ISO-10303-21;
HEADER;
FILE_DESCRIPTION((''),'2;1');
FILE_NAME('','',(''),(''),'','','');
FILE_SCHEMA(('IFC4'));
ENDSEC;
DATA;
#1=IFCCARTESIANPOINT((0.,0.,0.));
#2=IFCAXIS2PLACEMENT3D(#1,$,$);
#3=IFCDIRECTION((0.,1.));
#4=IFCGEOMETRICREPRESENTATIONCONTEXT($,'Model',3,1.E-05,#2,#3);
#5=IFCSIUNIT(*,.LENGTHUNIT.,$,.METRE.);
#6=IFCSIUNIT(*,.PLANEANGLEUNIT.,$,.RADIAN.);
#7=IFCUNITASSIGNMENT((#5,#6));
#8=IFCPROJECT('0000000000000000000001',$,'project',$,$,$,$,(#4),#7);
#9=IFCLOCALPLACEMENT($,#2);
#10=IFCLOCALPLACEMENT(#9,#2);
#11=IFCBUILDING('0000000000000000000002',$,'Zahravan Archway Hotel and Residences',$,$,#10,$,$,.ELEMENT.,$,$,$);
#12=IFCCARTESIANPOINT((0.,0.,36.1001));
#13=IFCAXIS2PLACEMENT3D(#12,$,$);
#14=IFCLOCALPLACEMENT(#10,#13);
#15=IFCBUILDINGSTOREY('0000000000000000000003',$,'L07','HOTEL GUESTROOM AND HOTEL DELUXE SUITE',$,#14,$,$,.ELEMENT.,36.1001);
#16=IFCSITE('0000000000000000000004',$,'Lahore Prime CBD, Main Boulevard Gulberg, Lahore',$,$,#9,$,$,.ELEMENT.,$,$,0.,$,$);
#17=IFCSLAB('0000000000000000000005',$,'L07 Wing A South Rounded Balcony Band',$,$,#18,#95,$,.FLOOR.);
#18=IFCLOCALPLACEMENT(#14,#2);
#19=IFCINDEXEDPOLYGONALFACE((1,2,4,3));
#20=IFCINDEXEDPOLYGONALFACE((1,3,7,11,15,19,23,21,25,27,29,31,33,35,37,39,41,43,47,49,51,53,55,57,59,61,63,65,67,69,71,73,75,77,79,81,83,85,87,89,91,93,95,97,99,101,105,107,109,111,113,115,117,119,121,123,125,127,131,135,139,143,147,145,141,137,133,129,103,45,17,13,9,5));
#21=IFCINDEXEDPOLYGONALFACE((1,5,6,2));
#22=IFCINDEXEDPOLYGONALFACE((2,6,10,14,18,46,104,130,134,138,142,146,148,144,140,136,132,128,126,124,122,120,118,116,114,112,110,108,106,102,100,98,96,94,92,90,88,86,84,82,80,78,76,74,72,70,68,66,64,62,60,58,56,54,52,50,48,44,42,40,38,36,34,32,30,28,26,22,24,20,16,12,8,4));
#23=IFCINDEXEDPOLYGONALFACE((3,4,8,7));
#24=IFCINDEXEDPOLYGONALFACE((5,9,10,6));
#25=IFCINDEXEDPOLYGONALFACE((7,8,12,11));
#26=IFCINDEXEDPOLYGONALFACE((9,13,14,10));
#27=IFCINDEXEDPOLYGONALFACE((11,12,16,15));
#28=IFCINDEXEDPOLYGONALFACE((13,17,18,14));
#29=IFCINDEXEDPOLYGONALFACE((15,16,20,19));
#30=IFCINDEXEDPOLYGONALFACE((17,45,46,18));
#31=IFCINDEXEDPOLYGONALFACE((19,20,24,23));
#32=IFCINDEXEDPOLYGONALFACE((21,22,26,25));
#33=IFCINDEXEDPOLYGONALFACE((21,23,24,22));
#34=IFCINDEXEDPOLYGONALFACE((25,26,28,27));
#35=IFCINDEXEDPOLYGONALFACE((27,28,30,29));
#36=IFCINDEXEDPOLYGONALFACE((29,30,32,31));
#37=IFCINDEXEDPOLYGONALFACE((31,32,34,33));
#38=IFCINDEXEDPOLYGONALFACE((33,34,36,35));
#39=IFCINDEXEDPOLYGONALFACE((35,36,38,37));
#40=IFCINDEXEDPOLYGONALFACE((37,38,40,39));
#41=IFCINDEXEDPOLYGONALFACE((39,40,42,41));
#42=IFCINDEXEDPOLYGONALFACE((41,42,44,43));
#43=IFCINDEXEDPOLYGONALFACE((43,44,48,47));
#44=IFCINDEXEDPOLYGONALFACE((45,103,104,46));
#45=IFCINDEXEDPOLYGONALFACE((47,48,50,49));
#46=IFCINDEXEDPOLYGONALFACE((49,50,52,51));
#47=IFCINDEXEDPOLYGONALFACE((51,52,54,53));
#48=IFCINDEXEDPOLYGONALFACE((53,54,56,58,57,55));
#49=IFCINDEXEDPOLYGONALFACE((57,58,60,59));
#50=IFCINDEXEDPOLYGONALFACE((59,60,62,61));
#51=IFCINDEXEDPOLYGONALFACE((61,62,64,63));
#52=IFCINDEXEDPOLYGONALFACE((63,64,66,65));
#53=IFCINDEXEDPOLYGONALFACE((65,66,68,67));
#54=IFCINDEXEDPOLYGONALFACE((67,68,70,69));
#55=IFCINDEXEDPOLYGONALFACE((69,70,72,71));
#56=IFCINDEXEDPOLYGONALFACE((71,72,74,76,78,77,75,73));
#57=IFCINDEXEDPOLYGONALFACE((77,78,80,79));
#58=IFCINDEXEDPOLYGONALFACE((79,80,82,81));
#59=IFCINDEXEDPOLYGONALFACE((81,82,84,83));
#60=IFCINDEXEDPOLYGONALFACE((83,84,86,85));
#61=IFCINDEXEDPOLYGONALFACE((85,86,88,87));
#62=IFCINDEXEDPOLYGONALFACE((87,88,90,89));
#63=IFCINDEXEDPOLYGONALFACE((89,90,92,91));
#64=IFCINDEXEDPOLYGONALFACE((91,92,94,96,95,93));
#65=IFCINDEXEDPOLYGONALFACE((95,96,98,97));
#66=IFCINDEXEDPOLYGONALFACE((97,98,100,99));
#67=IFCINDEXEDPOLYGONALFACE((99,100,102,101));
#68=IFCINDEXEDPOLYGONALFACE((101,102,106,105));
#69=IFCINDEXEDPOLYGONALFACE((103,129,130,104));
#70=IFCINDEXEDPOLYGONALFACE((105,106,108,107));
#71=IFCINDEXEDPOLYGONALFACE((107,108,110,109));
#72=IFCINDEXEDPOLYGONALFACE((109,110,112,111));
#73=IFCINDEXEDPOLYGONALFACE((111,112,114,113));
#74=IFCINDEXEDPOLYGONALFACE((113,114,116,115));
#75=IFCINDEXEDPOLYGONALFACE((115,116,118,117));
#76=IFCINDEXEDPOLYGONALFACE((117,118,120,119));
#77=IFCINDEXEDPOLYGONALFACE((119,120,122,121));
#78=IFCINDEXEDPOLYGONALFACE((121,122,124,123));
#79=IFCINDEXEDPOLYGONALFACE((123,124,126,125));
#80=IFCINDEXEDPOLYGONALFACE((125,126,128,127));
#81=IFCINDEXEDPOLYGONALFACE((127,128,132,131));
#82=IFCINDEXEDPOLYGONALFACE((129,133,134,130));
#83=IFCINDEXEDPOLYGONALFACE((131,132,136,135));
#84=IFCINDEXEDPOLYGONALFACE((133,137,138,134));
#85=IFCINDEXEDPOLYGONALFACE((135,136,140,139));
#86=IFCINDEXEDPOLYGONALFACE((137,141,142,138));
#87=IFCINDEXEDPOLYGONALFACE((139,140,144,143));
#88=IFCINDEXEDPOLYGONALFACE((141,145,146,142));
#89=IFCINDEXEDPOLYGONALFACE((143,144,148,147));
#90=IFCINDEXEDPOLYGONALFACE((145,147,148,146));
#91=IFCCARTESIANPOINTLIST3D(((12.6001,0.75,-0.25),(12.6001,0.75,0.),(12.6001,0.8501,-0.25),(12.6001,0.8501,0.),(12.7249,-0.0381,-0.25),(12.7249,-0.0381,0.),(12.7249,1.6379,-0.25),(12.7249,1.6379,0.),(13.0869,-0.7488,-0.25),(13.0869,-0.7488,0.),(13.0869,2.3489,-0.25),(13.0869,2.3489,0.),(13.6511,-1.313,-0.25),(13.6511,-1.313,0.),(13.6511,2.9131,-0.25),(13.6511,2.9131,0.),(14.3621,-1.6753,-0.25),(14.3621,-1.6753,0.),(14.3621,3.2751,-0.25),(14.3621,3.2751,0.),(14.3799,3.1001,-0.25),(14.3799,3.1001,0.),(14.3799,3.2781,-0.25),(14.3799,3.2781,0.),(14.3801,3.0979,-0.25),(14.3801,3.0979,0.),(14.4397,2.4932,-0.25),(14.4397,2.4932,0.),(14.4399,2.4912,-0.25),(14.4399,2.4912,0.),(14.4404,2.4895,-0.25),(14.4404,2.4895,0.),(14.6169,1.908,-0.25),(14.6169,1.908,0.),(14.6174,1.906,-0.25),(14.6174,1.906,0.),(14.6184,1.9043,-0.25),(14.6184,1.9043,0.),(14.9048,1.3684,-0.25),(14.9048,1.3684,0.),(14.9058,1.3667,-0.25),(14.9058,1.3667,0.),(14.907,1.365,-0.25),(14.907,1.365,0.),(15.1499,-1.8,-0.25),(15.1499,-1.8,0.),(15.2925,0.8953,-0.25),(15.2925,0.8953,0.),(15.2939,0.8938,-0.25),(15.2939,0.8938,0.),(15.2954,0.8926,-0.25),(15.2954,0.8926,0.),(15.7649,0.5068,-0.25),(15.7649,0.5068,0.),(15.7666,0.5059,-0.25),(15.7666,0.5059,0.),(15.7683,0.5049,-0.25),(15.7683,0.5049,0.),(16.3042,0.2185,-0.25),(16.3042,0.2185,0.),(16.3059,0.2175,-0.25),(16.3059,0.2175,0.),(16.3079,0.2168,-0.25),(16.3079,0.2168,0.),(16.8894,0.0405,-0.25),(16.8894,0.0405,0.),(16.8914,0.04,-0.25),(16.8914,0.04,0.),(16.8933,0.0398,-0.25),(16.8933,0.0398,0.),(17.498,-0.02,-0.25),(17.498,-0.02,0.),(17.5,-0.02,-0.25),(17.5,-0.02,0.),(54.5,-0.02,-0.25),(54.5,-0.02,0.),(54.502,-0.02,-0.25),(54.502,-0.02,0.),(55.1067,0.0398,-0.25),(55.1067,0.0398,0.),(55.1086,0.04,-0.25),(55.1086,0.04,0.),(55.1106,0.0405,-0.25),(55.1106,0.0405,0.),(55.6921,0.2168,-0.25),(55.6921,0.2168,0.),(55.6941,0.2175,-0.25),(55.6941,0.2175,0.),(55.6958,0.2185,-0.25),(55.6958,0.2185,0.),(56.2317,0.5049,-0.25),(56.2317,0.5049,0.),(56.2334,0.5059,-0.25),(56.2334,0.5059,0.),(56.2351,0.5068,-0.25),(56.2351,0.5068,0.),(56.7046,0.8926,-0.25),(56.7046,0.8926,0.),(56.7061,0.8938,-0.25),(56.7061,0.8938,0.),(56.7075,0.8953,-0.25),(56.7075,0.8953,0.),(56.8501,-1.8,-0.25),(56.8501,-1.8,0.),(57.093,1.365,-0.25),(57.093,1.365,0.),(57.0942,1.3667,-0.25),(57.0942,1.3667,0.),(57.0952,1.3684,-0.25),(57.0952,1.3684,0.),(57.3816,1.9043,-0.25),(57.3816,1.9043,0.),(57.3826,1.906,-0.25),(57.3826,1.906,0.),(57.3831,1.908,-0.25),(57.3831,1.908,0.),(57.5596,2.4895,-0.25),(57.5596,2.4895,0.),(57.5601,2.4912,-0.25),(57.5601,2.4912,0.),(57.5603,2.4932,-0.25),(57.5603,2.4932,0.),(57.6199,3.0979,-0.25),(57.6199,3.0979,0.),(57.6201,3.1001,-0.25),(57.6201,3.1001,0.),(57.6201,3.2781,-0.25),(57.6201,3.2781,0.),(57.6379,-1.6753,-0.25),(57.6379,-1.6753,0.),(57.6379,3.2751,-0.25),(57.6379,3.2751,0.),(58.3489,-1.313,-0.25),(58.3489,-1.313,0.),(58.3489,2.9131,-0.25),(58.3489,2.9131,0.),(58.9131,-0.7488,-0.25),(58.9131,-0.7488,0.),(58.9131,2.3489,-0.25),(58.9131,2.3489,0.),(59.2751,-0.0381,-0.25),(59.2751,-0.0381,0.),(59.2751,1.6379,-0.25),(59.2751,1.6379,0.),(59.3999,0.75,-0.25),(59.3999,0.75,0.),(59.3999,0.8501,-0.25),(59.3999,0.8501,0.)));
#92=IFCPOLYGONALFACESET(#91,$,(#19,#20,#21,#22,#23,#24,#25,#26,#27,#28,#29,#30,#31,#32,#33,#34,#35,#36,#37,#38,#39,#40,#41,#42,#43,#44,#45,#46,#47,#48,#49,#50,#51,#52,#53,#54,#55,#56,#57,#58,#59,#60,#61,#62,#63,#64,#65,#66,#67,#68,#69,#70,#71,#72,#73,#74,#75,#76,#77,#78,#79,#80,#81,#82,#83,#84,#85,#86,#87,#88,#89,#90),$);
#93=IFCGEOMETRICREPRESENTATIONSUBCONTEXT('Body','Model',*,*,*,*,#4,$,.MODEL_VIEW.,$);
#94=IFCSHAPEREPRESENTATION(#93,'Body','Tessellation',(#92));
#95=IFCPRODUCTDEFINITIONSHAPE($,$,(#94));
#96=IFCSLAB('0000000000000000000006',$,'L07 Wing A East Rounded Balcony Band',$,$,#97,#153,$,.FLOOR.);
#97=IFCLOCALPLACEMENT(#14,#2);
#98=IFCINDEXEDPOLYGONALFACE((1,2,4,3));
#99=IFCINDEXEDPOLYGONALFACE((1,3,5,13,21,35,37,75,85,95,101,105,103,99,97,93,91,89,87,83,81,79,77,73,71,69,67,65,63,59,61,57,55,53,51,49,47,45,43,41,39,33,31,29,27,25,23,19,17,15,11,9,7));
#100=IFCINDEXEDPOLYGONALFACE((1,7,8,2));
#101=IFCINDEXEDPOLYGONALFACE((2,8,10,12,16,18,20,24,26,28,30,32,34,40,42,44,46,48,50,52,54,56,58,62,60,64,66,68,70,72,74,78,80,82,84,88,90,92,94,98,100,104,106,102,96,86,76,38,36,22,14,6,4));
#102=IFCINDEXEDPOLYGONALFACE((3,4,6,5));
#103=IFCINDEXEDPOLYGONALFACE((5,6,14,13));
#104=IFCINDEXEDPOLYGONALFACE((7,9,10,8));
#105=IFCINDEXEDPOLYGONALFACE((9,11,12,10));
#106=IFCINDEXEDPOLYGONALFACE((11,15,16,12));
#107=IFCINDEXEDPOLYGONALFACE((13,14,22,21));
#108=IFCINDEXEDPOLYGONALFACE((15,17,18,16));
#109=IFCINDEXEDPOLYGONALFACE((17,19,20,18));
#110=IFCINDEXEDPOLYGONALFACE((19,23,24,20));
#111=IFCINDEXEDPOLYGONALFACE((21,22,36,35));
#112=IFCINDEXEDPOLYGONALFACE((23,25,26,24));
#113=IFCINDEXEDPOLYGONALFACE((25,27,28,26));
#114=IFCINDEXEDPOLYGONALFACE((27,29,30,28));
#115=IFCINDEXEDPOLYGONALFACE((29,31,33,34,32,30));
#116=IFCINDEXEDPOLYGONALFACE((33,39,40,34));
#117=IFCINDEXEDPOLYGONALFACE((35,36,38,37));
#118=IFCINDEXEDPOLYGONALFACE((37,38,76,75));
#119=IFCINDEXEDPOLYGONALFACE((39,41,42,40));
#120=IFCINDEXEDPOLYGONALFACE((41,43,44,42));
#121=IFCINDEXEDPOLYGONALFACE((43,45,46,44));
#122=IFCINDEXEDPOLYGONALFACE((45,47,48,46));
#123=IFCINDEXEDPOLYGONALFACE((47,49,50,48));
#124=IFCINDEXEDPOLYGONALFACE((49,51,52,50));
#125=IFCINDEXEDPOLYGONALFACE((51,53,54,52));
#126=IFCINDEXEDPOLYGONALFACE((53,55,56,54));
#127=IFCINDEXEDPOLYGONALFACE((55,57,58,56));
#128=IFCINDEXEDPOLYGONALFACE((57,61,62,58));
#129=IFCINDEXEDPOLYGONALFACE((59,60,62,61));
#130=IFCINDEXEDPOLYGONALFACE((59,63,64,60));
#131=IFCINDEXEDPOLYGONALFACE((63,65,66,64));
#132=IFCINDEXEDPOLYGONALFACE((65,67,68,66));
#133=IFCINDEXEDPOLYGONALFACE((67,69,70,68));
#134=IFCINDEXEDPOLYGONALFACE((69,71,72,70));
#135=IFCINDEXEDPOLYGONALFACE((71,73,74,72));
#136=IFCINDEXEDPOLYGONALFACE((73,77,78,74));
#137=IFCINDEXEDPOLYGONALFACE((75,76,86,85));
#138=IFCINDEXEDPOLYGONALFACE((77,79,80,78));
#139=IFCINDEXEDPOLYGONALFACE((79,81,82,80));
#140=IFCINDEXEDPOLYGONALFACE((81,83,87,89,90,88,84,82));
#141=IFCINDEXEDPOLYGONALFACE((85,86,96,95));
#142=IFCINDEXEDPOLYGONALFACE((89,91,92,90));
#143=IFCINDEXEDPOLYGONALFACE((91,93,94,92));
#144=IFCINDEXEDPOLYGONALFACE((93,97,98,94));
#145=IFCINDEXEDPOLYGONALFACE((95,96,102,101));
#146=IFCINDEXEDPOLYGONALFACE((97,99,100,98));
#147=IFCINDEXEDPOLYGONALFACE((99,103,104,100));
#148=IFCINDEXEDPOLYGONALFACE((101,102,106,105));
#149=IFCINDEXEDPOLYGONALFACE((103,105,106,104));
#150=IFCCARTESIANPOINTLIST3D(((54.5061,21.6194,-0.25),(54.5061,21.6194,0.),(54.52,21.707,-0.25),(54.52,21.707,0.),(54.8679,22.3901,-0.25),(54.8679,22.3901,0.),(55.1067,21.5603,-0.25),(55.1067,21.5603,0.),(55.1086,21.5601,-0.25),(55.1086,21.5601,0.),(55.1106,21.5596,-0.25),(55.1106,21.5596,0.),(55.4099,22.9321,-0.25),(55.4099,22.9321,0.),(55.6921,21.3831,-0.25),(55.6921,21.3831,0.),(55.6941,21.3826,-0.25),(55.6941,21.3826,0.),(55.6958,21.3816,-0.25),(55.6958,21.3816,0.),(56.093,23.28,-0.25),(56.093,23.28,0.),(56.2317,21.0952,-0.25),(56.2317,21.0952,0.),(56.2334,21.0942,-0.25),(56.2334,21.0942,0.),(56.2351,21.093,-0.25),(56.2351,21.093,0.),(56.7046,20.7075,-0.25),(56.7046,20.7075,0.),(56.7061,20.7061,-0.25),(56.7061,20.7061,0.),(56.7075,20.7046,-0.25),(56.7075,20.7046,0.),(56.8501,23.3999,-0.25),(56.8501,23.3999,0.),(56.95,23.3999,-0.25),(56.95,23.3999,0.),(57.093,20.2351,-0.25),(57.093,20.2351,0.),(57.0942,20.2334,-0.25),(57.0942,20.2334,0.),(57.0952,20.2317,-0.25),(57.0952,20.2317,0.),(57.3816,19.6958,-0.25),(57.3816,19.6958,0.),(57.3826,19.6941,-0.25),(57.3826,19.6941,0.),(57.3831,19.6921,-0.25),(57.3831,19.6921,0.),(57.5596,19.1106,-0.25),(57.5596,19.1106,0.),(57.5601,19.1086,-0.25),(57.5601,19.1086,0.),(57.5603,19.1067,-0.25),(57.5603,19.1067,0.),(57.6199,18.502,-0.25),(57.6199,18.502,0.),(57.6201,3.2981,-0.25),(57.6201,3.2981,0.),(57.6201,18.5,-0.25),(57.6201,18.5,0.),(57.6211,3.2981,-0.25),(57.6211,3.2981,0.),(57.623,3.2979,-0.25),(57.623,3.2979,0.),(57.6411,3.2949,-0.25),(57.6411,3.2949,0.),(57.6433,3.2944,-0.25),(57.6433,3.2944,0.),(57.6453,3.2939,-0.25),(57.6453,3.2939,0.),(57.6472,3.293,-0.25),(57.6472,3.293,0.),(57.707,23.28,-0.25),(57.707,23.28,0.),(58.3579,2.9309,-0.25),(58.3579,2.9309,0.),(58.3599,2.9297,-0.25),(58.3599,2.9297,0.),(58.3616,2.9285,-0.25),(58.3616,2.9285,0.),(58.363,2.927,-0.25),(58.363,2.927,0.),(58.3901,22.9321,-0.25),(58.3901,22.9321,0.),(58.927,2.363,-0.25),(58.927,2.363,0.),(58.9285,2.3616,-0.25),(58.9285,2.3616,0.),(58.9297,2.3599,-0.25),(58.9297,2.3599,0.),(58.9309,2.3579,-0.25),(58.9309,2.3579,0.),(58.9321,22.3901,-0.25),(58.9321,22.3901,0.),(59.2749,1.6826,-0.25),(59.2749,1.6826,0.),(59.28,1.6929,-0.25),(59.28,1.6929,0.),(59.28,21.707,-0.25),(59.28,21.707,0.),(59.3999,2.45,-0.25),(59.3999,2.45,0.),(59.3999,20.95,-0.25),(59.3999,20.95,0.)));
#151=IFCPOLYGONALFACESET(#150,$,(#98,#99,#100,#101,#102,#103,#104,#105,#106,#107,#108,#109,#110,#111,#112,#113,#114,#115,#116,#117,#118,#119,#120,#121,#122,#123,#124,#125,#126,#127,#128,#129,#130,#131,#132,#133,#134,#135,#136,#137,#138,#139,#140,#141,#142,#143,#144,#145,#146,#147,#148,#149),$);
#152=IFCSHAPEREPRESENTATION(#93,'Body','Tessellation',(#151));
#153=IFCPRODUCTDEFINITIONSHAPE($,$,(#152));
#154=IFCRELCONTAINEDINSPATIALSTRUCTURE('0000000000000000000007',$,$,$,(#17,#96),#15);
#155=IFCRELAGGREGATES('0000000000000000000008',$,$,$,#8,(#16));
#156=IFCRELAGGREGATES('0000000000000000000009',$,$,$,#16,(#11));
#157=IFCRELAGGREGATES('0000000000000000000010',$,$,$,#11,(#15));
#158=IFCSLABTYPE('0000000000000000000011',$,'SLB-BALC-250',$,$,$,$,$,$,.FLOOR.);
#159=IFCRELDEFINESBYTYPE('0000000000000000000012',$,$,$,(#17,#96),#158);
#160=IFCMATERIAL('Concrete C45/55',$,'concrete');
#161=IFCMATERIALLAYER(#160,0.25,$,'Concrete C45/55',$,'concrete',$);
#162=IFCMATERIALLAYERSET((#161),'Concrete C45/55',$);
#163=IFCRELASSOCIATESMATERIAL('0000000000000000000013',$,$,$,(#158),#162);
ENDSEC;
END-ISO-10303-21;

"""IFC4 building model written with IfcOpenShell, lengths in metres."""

from ifc_helpers import new_model, si_unit, direction, frame, origin, place, context, subcontext, project, spatial, polyline, outline, extrude, material, layer, layer_set, type_object, element, save


model = new_model("IFC4")

# Units and contexts
model_context = context("Model", 3, precision=1e-05, world=origin(), true_north=direction((0.0, 1.0)))
body_context = subcontext(model_context, "Body", "Model", "MODEL_VIEW")
ifc_project = project(units=[si_unit("LENGTHUNIT", "METRE"), si_unit("PLANEANGLEUNIT", "RADIAN")], contexts=[model_context])

# Site, building, storey
site_placement = place(None, origin())
site = spatial("IfcSite", under=ifc_project, at=site_placement, Name="Lahore Prime CBD, Main Boulevard Gulberg, Lahore", CompositionType="ELEMENT", RefElevation=0.0)
building_placement = place(site_placement, origin())
building = spatial("IfcBuilding", under=site, at=building_placement, Name="Zahravan Archway Hotel and Residences", CompositionType="ELEMENT")
storey_placement = place(building_placement, frame((0.0, 0.0, 36.1001)))
storey = spatial("IfcBuildingStorey", under=building, at=storey_placement, Name="L07", Description="HOTEL GUESTROOM AND HOTEL DELUXE SUITE", CompositionType="ELEMENT", Elevation=36.1001)

# Slabs
ifc_material_1 = material(Name="Concrete C45/55", Category="concrete")
ifc_layer_1 = layer(ifc_material_1, 0.25, Name="Concrete C45/55", Category="concrete")
ifc_layer_set_1 = layer_set([ifc_layer_1], Name="Concrete C45/55")
slab_type_1 = type_object("IfcSlabType", Name="SLB-BALC-250", PredefinedType="FLOOR", material=ifc_layer_set_1)
slab_1_placement = place(storey_placement, frame((0.0, 0.0, -0.25)))
element("IfcSlab", 1, at=slab_1_placement, inside=storey, type_object=slab_type_1, Name="L07 Wing A South Rounded Balcony Band", PredefinedType="FLOOR", context=body_context, shape_type="SweptSolid", body=[
    extrude(outline(polyline([(57.6379, 3.2751), (58.3489, 2.9131), (58.9131, 2.3489), (59.2751, 1.6379), (59.3999, 0.8501), (59.3999, 0.75), (59.2751, -0.0381), (58.9131, -0.7488), (58.3489, -1.313), (57.6379, -1.6753), (56.8501, -1.8), (15.1499, -1.8), (14.3621, -1.6753), (13.6511, -1.313), (13.0869, -0.7488), (12.7249, -0.0381), (12.6001, 0.75), (12.6001, 0.8501), (12.7249, 1.6379), (13.0869, 2.3489), (13.6511, 2.9131), (14.3621, 3.2751), (14.3799, 3.2781), (14.3799, 3.1001), (14.3801, 3.0979), (14.4397, 2.4932), (14.4399, 2.4912), (14.4404, 2.4895), (14.6169, 1.908), (14.6174, 1.906), (14.6184, 1.9043), (14.9048, 1.3684), (14.9058, 1.3667), (14.907, 1.365), (15.2925, 0.8953), (15.2939, 0.8938), (15.2954, 0.8926), (15.7649, 0.5068), (15.7666, 0.5059), (15.7683, 0.5049), (16.3042, 0.2185), (16.3059, 0.2175), (16.3079, 0.2168), (16.8894, 0.0405), (16.8914, 0.04), (16.8933, 0.0398), (17.498, -0.02), (17.5, -0.02), (54.5, -0.02), (54.502, -0.02), (55.1067, 0.0398), (55.1086, 0.04), (55.1106, 0.0405), (55.6921, 0.2168), (55.6941, 0.2175), (55.6958, 0.2185), (56.2317, 0.5049), (56.2334, 0.5059), (56.2351, 0.5068), (56.7046, 0.8926), (56.7061, 0.8938), (56.7075, 0.8953), (57.093, 1.365), (57.0942, 1.3667), (57.0952, 1.3684), (57.3816, 1.9043), (57.3826, 1.906), (57.3831, 1.908), (57.5596, 2.4895), (57.5601, 2.4912), (57.5603, 2.4932), (57.6199, 3.0979), (57.6201, 3.1001), (57.6201, 3.2781), (57.6379, 3.2751)])), origin(), (0.0, 0.0, 1.0), 0.25),
])
slab_2_placement = place(storey_placement, frame((0.0, 0.0, -0.25)))
element("IfcSlab", 2, at=slab_2_placement, inside=storey, type_object=slab_type_1, Name="L07 Wing A East Rounded Balcony Band", PredefinedType="FLOOR", context=body_context, shape_type="SweptSolid", body=[
    extrude(outline(polyline([(54.52, 21.707), (54.8679, 22.3901), (55.4099, 22.9321), (56.093, 23.28), (56.8501, 23.3999), (56.95, 23.3999), (57.707, 23.28), (58.3901, 22.9321), (58.9321, 22.3901), (59.28, 21.707), (59.3999, 20.95), (59.3999, 2.45), (59.28, 1.6929), (59.2749, 1.6826), (58.9309, 2.3579), (58.9297, 2.3599), (58.9285, 2.3616), (58.927, 2.363), (58.363, 2.927), (58.3616, 2.9285), (58.3599, 2.9297), (58.3579, 2.9309), (57.6472, 3.293), (57.6453, 3.2939), (57.6433, 3.2944), (57.6411, 3.2949), (57.623, 3.2979), (57.6211, 3.2981), (57.6201, 3.2981), (57.6201, 18.5), (57.6199, 18.502), (57.5603, 19.1067), (57.5601, 19.1086), (57.5596, 19.1106), (57.3831, 19.6921), (57.3826, 19.6941), (57.3816, 19.6958), (57.0952, 20.2317), (57.0942, 20.2334), (57.093, 20.2351), (56.7075, 20.7046), (56.7061, 20.7061), (56.7046, 20.7075), (56.2351, 21.093), (56.2334, 21.0942), (56.2317, 21.0952), (55.6958, 21.3816), (55.6941, 21.3826), (55.6921, 21.3831), (55.1106, 21.5596), (55.1086, 21.5601), (55.1067, 21.5603), (54.5061, 21.6194), (54.52, 21.707)])), origin(), (0.0, 0.0, 1.0), 0.25),
])

save(model, "model.ifc")
